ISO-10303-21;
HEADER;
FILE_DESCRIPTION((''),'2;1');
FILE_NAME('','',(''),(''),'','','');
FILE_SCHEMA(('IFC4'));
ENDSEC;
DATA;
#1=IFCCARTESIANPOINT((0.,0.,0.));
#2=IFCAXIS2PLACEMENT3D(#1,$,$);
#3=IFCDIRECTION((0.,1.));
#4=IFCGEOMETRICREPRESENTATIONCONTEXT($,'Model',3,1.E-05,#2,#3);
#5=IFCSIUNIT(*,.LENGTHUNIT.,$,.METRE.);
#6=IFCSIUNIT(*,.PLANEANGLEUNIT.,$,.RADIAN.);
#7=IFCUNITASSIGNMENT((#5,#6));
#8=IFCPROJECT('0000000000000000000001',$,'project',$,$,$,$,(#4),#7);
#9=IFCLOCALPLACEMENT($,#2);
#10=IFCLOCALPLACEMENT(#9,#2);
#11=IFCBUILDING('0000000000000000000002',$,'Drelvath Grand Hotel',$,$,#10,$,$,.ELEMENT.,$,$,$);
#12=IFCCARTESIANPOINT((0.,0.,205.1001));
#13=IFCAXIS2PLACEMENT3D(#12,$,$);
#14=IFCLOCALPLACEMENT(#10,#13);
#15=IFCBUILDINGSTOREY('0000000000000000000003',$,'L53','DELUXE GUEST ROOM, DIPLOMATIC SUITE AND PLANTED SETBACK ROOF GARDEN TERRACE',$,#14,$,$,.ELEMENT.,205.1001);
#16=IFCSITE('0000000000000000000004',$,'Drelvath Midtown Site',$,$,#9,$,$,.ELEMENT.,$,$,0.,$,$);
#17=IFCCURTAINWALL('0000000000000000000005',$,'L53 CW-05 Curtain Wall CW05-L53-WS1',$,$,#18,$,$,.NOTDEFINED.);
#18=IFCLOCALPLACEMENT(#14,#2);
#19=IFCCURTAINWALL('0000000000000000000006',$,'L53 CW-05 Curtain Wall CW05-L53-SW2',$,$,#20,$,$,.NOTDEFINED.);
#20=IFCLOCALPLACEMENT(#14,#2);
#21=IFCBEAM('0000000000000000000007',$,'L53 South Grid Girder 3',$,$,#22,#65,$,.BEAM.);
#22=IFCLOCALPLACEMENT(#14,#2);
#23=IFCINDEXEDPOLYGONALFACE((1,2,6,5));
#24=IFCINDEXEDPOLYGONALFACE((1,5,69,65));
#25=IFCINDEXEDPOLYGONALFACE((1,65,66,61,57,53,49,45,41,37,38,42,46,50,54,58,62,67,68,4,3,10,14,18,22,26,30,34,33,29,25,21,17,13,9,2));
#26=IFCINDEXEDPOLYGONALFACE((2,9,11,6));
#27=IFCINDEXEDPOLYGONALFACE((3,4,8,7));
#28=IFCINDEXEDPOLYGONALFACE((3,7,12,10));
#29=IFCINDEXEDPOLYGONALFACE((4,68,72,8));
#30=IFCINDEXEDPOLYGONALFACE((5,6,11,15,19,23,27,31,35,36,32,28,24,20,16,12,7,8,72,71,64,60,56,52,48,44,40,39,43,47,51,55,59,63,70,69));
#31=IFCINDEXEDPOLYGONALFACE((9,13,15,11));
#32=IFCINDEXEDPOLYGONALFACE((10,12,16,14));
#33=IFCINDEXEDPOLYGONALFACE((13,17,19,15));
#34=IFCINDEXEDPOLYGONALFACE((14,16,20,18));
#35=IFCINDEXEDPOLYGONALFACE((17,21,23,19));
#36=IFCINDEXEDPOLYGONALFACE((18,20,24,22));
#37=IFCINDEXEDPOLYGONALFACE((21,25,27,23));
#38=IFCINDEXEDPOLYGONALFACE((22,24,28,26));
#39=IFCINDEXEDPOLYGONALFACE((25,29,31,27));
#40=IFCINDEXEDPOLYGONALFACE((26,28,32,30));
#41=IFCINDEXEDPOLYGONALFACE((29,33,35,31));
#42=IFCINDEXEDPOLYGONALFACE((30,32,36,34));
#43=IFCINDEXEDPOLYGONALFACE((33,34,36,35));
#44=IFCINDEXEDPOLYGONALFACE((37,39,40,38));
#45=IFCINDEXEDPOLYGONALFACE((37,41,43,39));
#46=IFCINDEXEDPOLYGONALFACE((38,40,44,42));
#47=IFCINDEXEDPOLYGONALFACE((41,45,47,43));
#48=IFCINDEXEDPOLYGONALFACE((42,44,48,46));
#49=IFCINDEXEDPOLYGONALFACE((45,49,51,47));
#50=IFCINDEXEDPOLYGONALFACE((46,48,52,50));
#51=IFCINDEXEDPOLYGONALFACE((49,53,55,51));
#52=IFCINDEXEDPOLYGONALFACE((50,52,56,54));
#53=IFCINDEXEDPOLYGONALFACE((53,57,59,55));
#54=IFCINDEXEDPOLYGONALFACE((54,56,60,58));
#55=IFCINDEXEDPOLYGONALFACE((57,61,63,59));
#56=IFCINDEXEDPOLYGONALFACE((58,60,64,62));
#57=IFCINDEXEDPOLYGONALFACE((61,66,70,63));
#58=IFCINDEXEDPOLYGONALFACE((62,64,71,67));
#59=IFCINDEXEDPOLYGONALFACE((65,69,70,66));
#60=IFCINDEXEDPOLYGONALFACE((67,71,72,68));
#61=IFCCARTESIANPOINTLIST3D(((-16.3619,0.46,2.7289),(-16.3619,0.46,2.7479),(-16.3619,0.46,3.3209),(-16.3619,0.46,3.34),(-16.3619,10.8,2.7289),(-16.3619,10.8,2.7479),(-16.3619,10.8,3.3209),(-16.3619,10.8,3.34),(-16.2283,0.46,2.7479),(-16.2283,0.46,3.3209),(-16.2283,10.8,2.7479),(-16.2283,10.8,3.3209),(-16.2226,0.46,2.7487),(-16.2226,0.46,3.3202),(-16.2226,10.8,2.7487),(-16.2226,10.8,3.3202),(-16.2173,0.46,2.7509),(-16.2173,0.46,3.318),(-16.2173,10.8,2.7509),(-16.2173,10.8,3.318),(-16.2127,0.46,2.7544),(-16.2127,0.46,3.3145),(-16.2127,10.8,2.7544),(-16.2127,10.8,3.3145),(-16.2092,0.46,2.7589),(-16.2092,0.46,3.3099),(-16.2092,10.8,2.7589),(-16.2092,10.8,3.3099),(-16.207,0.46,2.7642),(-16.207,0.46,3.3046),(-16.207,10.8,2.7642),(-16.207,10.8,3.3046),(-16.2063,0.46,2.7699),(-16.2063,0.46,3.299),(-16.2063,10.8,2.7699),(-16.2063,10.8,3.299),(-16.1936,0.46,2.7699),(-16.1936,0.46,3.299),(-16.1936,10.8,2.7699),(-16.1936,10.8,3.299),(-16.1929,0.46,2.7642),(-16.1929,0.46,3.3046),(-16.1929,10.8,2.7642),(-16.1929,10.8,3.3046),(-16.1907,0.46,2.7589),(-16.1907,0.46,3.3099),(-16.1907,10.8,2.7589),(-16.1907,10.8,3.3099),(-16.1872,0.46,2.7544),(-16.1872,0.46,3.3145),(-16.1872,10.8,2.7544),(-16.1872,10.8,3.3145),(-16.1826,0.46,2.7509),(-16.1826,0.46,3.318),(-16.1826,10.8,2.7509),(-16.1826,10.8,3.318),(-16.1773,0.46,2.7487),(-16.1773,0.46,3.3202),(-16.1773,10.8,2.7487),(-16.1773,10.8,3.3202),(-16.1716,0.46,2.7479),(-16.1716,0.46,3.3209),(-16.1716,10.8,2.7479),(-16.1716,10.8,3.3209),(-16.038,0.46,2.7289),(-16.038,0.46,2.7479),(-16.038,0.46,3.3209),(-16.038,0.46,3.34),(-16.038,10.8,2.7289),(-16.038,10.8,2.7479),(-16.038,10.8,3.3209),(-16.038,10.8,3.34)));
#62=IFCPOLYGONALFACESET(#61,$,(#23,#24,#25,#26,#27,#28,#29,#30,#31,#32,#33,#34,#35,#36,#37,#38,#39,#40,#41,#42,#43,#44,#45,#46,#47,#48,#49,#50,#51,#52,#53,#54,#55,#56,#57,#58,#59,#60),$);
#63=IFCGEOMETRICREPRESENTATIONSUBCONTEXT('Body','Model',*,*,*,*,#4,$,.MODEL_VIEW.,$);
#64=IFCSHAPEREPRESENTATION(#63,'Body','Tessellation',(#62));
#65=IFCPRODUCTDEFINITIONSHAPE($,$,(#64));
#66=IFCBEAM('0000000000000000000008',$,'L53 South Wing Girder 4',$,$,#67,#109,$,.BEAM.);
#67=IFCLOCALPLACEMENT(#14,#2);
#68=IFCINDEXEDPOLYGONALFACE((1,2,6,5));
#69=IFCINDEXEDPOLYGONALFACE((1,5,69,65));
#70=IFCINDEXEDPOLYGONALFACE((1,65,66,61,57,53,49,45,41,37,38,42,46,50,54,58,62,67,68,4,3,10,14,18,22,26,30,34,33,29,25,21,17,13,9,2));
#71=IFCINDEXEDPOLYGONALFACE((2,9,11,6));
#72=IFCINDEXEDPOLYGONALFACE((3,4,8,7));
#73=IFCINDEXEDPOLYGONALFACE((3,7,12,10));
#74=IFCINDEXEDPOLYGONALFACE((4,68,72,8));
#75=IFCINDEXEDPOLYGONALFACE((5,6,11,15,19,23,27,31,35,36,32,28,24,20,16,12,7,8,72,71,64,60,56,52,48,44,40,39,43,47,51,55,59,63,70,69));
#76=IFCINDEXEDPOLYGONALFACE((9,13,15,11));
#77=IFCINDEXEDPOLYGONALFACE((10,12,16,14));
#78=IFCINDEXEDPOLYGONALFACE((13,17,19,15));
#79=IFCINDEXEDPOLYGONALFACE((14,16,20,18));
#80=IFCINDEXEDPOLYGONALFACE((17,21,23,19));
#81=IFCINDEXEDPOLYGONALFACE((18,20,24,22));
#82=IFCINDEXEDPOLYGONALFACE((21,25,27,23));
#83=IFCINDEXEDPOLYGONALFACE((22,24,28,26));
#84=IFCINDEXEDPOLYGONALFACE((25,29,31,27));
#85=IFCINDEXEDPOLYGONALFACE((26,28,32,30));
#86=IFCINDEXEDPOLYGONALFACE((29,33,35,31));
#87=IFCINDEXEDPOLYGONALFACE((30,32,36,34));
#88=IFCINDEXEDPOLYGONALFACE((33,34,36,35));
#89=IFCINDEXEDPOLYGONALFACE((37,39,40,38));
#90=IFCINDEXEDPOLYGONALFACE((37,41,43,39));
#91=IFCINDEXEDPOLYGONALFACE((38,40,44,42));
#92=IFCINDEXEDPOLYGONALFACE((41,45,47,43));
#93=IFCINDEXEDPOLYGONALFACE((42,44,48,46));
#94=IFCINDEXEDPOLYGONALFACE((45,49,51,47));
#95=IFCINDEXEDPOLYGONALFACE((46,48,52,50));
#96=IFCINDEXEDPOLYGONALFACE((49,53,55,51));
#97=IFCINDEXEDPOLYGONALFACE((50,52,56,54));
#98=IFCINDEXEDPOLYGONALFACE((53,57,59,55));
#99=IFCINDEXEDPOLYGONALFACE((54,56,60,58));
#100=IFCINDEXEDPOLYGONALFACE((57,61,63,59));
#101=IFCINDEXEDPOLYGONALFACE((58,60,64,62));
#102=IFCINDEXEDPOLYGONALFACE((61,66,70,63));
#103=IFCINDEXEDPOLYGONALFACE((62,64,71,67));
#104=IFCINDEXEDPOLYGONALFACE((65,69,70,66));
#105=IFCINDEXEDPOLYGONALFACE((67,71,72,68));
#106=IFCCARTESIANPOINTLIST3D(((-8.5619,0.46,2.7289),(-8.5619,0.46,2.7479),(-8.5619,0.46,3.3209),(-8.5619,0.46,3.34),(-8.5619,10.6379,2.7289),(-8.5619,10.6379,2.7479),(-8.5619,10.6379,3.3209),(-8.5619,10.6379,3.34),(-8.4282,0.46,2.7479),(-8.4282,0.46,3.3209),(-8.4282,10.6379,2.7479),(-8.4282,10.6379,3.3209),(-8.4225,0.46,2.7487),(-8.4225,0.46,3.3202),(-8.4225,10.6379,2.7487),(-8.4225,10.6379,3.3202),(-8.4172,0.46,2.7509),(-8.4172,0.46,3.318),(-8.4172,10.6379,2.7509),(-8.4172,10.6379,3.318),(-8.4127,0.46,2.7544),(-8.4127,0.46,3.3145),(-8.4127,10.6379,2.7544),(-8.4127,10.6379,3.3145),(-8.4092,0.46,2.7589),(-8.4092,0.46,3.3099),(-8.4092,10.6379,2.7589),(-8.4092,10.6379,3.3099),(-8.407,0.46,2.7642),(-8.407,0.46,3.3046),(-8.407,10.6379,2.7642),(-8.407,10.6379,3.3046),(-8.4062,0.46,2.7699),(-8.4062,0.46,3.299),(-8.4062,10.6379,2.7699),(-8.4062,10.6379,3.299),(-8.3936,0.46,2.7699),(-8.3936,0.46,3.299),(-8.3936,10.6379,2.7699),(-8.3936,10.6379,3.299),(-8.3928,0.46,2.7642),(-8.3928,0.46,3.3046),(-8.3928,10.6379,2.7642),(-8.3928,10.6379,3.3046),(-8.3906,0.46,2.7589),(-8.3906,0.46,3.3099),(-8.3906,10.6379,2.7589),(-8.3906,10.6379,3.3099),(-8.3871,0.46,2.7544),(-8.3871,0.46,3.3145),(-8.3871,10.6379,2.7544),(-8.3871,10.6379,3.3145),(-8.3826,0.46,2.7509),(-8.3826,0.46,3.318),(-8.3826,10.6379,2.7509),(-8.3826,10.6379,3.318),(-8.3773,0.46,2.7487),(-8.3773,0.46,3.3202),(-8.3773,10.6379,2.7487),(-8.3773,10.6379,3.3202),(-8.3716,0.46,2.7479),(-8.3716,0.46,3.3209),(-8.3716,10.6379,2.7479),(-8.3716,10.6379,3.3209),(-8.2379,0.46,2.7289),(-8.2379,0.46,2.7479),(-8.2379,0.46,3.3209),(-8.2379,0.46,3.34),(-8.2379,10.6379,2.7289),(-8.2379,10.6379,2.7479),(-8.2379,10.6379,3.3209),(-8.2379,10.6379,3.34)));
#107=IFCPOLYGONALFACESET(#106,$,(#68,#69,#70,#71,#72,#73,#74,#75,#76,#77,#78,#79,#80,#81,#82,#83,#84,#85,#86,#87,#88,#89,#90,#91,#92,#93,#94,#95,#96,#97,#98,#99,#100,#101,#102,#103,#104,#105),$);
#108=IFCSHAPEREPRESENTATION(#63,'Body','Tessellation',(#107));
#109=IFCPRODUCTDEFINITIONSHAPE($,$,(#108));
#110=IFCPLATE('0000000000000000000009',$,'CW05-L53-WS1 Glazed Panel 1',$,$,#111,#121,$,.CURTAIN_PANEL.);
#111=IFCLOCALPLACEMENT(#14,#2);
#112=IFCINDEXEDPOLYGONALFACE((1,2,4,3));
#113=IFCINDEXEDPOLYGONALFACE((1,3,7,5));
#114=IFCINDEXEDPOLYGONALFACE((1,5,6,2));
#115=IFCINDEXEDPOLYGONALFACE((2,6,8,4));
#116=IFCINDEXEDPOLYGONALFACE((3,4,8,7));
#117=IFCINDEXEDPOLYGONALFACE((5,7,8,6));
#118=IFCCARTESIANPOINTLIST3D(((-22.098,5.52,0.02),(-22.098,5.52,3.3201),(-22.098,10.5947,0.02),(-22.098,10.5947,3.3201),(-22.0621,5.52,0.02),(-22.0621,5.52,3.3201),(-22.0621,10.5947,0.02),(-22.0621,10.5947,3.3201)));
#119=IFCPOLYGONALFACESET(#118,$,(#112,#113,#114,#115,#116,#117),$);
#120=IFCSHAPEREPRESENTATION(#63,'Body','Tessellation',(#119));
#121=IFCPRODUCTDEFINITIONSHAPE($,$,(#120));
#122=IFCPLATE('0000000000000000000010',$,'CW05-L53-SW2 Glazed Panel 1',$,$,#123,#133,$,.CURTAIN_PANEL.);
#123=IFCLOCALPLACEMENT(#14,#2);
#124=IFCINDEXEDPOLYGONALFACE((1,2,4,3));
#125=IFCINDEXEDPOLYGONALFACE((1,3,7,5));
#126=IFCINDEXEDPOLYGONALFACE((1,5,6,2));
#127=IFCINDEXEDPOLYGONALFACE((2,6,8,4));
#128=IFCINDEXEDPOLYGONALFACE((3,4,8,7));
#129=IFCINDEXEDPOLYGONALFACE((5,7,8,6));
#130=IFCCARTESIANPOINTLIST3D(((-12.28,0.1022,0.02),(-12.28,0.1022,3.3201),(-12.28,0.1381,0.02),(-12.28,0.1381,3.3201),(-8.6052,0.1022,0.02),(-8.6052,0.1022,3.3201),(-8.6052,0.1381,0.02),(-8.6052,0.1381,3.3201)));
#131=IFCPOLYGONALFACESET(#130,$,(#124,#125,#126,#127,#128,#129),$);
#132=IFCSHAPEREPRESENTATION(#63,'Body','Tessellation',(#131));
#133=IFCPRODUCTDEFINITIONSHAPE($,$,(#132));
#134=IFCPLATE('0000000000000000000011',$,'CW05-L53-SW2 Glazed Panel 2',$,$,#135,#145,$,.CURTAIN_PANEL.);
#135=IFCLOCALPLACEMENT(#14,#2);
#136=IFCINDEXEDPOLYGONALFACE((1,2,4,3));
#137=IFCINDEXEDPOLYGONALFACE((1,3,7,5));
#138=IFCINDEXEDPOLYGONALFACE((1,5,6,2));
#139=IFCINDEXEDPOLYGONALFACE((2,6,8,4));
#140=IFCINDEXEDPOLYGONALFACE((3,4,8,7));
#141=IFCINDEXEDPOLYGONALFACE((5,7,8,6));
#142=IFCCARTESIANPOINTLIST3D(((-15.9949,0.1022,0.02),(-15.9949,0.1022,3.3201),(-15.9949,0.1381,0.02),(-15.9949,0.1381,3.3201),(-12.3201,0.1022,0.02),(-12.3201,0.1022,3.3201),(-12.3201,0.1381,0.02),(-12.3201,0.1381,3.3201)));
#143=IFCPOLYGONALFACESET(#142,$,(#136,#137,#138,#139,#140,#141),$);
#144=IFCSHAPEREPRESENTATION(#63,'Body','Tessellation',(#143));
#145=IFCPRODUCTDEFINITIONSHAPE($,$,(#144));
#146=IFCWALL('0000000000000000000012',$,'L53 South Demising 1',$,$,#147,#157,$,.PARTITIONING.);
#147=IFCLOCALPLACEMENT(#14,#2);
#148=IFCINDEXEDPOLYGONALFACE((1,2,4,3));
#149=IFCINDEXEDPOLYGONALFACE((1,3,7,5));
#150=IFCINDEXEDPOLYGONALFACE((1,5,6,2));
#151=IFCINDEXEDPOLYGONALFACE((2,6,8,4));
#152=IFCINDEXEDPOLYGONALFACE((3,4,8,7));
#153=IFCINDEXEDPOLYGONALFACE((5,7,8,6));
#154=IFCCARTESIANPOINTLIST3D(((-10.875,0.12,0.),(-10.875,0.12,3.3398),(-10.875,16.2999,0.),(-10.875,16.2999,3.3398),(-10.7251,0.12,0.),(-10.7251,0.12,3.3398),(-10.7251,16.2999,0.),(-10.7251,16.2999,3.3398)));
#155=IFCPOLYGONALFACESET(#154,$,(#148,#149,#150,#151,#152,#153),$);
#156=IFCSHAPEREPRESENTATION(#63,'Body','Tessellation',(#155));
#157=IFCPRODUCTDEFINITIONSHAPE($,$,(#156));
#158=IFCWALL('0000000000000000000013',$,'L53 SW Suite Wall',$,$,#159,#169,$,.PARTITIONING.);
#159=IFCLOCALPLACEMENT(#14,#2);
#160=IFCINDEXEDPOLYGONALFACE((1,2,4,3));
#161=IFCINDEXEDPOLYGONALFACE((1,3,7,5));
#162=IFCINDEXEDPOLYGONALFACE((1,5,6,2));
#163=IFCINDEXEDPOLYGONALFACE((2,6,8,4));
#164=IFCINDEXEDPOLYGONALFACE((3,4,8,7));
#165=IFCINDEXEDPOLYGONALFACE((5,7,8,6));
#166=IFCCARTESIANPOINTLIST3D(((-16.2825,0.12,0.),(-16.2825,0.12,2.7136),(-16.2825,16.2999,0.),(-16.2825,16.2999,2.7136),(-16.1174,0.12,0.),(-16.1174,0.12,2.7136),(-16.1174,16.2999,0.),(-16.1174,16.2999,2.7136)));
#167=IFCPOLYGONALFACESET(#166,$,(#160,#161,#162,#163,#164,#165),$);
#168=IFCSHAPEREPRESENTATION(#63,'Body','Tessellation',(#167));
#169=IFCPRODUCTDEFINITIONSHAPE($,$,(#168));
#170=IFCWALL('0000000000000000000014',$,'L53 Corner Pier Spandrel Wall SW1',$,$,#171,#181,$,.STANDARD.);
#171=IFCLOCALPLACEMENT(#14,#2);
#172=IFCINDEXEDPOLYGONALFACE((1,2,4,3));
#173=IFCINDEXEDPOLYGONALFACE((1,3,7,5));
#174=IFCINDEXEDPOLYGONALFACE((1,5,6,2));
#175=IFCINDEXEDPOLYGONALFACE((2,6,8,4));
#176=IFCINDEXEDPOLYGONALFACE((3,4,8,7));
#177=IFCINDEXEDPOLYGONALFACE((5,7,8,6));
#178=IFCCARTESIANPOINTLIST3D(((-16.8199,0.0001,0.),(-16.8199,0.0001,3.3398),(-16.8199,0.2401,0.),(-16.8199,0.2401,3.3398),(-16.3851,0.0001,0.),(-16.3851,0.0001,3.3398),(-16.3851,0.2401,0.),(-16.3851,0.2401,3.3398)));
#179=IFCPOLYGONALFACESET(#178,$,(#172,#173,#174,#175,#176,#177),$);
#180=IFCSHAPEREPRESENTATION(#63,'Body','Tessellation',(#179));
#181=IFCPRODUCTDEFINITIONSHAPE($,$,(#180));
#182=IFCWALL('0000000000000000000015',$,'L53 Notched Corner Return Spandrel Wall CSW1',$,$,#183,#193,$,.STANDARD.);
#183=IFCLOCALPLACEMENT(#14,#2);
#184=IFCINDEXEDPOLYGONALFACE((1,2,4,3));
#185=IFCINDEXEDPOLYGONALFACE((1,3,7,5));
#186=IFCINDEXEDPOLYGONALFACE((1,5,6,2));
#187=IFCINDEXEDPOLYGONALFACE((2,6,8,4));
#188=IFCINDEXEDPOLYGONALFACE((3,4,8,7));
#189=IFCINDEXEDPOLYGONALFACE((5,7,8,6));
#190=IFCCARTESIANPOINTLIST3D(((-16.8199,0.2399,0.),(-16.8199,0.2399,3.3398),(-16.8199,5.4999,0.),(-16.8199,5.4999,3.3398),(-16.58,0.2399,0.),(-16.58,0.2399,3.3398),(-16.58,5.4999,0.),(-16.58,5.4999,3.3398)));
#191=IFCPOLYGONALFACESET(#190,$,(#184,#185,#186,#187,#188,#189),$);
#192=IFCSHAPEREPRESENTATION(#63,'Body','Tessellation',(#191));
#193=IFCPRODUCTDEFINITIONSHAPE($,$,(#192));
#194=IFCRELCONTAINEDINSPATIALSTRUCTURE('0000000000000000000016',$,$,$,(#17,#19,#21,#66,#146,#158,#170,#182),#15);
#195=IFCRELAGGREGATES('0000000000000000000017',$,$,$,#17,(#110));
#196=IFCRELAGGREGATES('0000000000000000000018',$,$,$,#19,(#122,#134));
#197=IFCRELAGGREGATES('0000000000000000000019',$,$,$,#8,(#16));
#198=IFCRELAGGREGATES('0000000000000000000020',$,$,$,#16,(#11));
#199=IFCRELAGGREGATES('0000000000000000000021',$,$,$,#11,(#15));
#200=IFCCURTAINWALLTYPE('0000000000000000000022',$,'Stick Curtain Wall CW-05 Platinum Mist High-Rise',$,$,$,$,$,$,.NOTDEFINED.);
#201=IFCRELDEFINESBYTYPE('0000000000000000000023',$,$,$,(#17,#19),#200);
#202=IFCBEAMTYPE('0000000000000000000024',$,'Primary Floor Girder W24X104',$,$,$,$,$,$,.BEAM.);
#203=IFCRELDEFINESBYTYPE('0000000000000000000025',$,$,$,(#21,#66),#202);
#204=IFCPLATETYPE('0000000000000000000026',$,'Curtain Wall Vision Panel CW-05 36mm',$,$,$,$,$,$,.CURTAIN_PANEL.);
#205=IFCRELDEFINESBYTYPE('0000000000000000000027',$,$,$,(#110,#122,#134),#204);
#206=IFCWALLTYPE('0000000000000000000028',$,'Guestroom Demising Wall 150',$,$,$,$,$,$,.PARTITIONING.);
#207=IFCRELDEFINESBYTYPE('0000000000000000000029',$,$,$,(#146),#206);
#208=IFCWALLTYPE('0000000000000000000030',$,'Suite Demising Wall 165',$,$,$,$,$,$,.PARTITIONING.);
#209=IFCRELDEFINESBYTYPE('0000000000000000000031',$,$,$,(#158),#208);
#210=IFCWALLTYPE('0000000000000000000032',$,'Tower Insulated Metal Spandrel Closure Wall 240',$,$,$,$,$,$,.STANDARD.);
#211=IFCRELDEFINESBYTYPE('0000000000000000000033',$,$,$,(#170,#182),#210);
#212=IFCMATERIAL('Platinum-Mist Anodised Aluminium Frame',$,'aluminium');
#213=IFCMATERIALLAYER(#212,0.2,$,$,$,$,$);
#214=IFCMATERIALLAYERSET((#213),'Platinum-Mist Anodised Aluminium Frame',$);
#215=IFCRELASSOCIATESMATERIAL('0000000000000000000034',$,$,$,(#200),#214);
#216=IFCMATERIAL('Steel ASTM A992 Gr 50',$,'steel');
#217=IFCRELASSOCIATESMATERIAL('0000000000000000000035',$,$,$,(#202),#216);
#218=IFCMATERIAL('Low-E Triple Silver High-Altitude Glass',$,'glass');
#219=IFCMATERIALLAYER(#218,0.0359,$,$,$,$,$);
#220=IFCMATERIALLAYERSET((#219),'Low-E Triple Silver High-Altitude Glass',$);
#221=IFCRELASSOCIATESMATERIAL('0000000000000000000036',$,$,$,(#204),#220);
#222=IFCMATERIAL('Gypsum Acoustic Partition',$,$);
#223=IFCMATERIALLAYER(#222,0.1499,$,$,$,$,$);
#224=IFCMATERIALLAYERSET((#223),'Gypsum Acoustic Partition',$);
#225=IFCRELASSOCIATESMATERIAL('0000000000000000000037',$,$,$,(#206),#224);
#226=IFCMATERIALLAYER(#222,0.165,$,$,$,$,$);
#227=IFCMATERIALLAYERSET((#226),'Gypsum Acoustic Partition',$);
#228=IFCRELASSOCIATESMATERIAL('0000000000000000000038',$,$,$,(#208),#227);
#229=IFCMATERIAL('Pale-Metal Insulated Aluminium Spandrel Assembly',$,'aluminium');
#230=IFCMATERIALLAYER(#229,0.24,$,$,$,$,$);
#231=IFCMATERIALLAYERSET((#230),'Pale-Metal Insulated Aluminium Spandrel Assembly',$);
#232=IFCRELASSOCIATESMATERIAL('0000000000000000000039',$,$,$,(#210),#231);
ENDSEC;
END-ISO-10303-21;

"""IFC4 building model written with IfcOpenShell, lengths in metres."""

from ifc_helpers import new_model, si_unit, direction, frame, frame_2d, origin, origin_2d, place, context, subcontext, project, spatial, rectangle, i_section, extrude, material, layer, layer_set, material_profile, profile_set, type_object, element, aggregate, save


model = new_model("IFC4")

# Units and contexts
model_context = context("Model", 3, precision=1e-05, world=origin(), true_north=direction((0.0, 1.0)))
body_context = subcontext(model_context, "Body", "Model", "MODEL_VIEW")
ifc_project = project(units=[si_unit("LENGTHUNIT", "METRE"), si_unit("PLANEANGLEUNIT", "RADIAN")], contexts=[model_context])

# Site, building, storey
site_placement = place(None, origin())
site = spatial("IfcSite", under=ifc_project, at=site_placement, Name="Drelvath Midtown Site", CompositionType="ELEMENT", RefElevation=0.0)
building_placement = place(site_placement, origin())
building = spatial("IfcBuilding", under=site, at=building_placement, Name="Drelvath Grand Hotel", CompositionType="ELEMENT")
storey_placement = place(building_placement, frame((0.0, 0.0, 205.1001)))
storey = spatial("IfcBuildingStorey", under=building, at=storey_placement, Name="L53", Description="DELUXE GUEST ROOM, DIPLOMATIC SUITE AND PLANTED SETBACK ROOF GARDEN TERRACE", CompositionType="ELEMENT", Elevation=205.1001)

# Curtain walls
ifc_material_1 = material(Name="Platinum-Mist Anodised Aluminium Frame", Category="aluminium")
ifc_layer_1 = layer(ifc_material_1, 0.2)
ifc_layer_set_1 = layer_set([ifc_layer_1], Name="Platinum-Mist Anodised Aluminium Frame")
curtain_wall_type = type_object("IfcCurtainWallType", Name="Stick Curtain Wall CW-05 Platinum Mist High-Rise", PredefinedType="NOTDEFINED", material=ifc_layer_set_1)
curtain_wall_1_placement = place(storey_placement, origin())
curtain_wall_1 = element("IfcCurtainWall", 1, at=curtain_wall_1_placement, inside=storey, type_object=curtain_wall_type, Name="L53 CW-05 Curtain Wall CW05-L53-WS1", PredefinedType="NOTDEFINED")
curtain_wall_2_placement = place(storey_placement, origin())
curtain_wall_2 = element("IfcCurtainWall", 2, at=curtain_wall_2_placement, inside=storey, type_object=curtain_wall_type, Name="L53 CW-05 Curtain Wall CW05-L53-SW2", PredefinedType="NOTDEFINED")

# Beams
ifc_material_2 = material(Name="Steel ASTM A992 Gr 50", Category="steel")
ifc_material_profile_1 = material_profile(ifc_material_2, i_section(OverallWidth=0.324, OverallDepth=0.6111, WebThickness=0.0127, FlangeThickness=0.019, FilletRadius=0.022, at=origin_2d()), Name="W24X104")
ifc_profile_set_1 = profile_set([ifc_material_profile_1], Name="Steel ASTM A992 Gr 50")
beam_type_1 = type_object("IfcBeamType", Name="Primary Floor Girder W24X104", PredefinedType="BEAM", material=ifc_profile_set_1)
beam_1_placement = place(storey_placement, frame((-16.2, 0.46, 3.0344), z_axis=(0.0, 1.0, 0.0), x_axis=(-1.0, 0.0, 0.0)))
element("IfcBeam", 3, at=beam_1_placement, inside=storey, type_object=beam_type_1, Name="L53 South Grid Girder 3", PredefinedType="BEAM", context=body_context, shape_type="SweptSolid", body=[
    extrude(i_section(OverallWidth=0.324, OverallDepth=0.6111, WebThickness=0.0127, FlangeThickness=0.019, FilletRadius=0.022, at=origin_2d()), origin(), (0.0, 0.0, 1.0), 10.3401),
])
beam_2_placement = place(storey_placement, frame((-8.3999, 0.46, 3.0344), z_axis=(0.0, 1.0, 0.0), x_axis=(-1.0, 0.0, 0.0)))
element("IfcBeam", 4, at=beam_2_placement, inside=storey, type_object=beam_type_1, Name="L53 South Wing Girder 4", PredefinedType="BEAM", context=body_context, shape_type="SweptSolid", body=[
    extrude(i_section(OverallWidth=0.324, OverallDepth=0.6111, WebThickness=0.0127, FlangeThickness=0.019, FilletRadius=0.022, at=origin_2d()), origin(), (0.0, 0.0, 1.0), 10.178),
])

# Plates
ifc_material_3 = material(Name="Low-E Triple Silver High-Altitude Glass", Category="glass")
ifc_layer_2 = layer(ifc_material_3, 0.0359)
ifc_layer_set_2 = layer_set([ifc_layer_2], Name="Low-E Triple Silver High-Altitude Glass")
plate_type = type_object("IfcPlateType", Name="Curtain Wall Vision Panel CW-05 36mm", PredefinedType="CURTAIN_PANEL", material=ifc_layer_set_2)
plate_1_placement = place(storey_placement, frame((-22.0801, 8.0574, 0.02), z_axis=(0.0, 0.0, 1.0), x_axis=(0.0, 1.0, 0.0)))
plate_1 = element("IfcPlate", 5, at=plate_1_placement, type_object=plate_type, Name="CW05-L53-WS1 Glazed Panel 1", PredefinedType="CURTAIN_PANEL", context=body_context, shape_type="SweptSolid", body=[
    extrude(rectangle(XDim=5.0747, YDim=0.0359, at=origin_2d()), origin(), (0.0, 0.0, 1.0), 3.3),
])
aggregate(curtain_wall_1, [plate_1])
plate_2_placement = place(storey_placement, frame((-10.4426, 0.1201, 0.02), z_axis=(0.0, 0.0, 1.0), x_axis=(-1.0, 0.0, 0.0)))
plate_2 = element("IfcPlate", 6, at=plate_2_placement, type_object=plate_type, Name="CW05-L53-SW2 Glazed Panel 1", PredefinedType="CURTAIN_PANEL", context=body_context, shape_type="SweptSolid", body=[
    extrude(rectangle(XDim=3.6748, YDim=0.0359, at=origin_2d()), origin(), (0.0, 0.0, 1.0), 3.3),
])
plate_3_placement = place(storey_placement, frame((-14.1575, 0.1201, 0.02), z_axis=(0.0, 0.0, 1.0), x_axis=(-1.0, 0.0, 0.0)))
plate_3 = element("IfcPlate", 7, at=plate_3_placement, type_object=plate_type, Name="CW05-L53-SW2 Glazed Panel 2", PredefinedType="CURTAIN_PANEL", context=body_context, shape_type="SweptSolid", body=[
    extrude(rectangle(XDim=3.6748, YDim=0.0359, at=origin_2d()), origin(), (0.0, 0.0, 1.0), 3.3),
])
aggregate(curtain_wall_2, [plate_2, plate_3])

# Walls
ifc_material_4 = material(Name="Gypsum Acoustic Partition")
ifc_layer_3 = layer(ifc_material_4, 0.1499)
ifc_layer_set_3 = layer_set([ifc_layer_3], Name="Gypsum Acoustic Partition")
wall_type_1 = type_object("IfcWallType", Name="Guestroom Demising Wall 150", PredefinedType="PARTITIONING", material=ifc_layer_set_3)
wall_1_placement = place(storey_placement, frame((-10.8, 0.1201, 0.0), z_axis=(0.0, 0.0, 1.0), x_axis=(0.0, 1.0, 0.0)))
element("IfcWall", 8, at=wall_1_placement, inside=storey, type_object=wall_type_1, Name="L53 South Demising 1", PredefinedType="PARTITIONING", context=body_context, shape_type="SweptSolid", body=[
    extrude(rectangle(XDim=16.1799, YDim=0.1499, at=frame_2d((8.0898, 0.0))), origin(), (0.0, 0.0, 1.0), 3.3398),
])
ifc_layer_4 = layer(ifc_material_4, 0.165)
ifc_layer_set_4 = layer_set([ifc_layer_4], Name="Gypsum Acoustic Partition")
wall_type_2 = type_object("IfcWallType", Name="Suite Demising Wall 165", PredefinedType="PARTITIONING", material=ifc_layer_set_4)
wall_2_placement = place(storey_placement, frame((-16.2, 0.1201, 0.0), z_axis=(0.0, 0.0, 1.0), x_axis=(0.0, 1.0, 0.0)))
element("IfcWall", 9, at=wall_2_placement, inside=storey, type_object=wall_type_2, Name="L53 SW Suite Wall", PredefinedType="PARTITIONING", context=body_context, shape_type="SweptSolid", body=[
    extrude(rectangle(XDim=16.1799, YDim=0.165, at=frame_2d((8.0898, 0.0))), origin(), (0.0, 0.0, 1.0), 2.7136),
])
ifc_material_5 = material(Name="Pale-Metal Insulated Aluminium Spandrel Assembly", Category="aluminium")
ifc_layer_5 = layer(ifc_material_5, 0.24)
ifc_layer_set_5 = layer_set([ifc_layer_5], Name="Pale-Metal Insulated Aluminium Spandrel Assembly")
wall_type_3 = type_object("IfcWallType", Name="Tower Insulated Metal Spandrel Closure Wall 240", PredefinedType="STANDARD", material=ifc_layer_set_5)
wall_3_placement = place(storey_placement, frame((-16.3853, 0.1201, 0.0), z_axis=(0.0, 0.0, 1.0), x_axis=(-1.0, 0.0, 0.0)))
element("IfcWall", 10, at=wall_3_placement, inside=storey, type_object=wall_type_3, Name="L53 Corner Pier Spandrel Wall SW1", PredefinedType="STANDARD", context=body_context, shape_type="SweptSolid", body=[
    extrude(rectangle(XDim=0.4348, YDim=0.24, at=frame_2d((0.2173, 0.0))), origin(), (0.0, 0.0, 1.0), 3.3398),
])
wall_4_placement = place(storey_placement, frame((-16.7, 0.24, 0.0), z_axis=(0.0, 0.0, 1.0), x_axis=(0.0, 1.0, 0.0)))
element("IfcWall", 11, at=wall_4_placement, inside=storey, type_object=wall_type_3, Name="L53 Notched Corner Return Spandrel Wall CSW1", PredefinedType="STANDARD", context=body_context, shape_type="SweptSolid", body=[
    extrude(rectangle(XDim=5.26, YDim=0.24, at=frame_2d((2.6299, 0.0))), origin(), (0.0, 0.0, 1.0), 3.3398),
])

save(model, "model.ifc")
